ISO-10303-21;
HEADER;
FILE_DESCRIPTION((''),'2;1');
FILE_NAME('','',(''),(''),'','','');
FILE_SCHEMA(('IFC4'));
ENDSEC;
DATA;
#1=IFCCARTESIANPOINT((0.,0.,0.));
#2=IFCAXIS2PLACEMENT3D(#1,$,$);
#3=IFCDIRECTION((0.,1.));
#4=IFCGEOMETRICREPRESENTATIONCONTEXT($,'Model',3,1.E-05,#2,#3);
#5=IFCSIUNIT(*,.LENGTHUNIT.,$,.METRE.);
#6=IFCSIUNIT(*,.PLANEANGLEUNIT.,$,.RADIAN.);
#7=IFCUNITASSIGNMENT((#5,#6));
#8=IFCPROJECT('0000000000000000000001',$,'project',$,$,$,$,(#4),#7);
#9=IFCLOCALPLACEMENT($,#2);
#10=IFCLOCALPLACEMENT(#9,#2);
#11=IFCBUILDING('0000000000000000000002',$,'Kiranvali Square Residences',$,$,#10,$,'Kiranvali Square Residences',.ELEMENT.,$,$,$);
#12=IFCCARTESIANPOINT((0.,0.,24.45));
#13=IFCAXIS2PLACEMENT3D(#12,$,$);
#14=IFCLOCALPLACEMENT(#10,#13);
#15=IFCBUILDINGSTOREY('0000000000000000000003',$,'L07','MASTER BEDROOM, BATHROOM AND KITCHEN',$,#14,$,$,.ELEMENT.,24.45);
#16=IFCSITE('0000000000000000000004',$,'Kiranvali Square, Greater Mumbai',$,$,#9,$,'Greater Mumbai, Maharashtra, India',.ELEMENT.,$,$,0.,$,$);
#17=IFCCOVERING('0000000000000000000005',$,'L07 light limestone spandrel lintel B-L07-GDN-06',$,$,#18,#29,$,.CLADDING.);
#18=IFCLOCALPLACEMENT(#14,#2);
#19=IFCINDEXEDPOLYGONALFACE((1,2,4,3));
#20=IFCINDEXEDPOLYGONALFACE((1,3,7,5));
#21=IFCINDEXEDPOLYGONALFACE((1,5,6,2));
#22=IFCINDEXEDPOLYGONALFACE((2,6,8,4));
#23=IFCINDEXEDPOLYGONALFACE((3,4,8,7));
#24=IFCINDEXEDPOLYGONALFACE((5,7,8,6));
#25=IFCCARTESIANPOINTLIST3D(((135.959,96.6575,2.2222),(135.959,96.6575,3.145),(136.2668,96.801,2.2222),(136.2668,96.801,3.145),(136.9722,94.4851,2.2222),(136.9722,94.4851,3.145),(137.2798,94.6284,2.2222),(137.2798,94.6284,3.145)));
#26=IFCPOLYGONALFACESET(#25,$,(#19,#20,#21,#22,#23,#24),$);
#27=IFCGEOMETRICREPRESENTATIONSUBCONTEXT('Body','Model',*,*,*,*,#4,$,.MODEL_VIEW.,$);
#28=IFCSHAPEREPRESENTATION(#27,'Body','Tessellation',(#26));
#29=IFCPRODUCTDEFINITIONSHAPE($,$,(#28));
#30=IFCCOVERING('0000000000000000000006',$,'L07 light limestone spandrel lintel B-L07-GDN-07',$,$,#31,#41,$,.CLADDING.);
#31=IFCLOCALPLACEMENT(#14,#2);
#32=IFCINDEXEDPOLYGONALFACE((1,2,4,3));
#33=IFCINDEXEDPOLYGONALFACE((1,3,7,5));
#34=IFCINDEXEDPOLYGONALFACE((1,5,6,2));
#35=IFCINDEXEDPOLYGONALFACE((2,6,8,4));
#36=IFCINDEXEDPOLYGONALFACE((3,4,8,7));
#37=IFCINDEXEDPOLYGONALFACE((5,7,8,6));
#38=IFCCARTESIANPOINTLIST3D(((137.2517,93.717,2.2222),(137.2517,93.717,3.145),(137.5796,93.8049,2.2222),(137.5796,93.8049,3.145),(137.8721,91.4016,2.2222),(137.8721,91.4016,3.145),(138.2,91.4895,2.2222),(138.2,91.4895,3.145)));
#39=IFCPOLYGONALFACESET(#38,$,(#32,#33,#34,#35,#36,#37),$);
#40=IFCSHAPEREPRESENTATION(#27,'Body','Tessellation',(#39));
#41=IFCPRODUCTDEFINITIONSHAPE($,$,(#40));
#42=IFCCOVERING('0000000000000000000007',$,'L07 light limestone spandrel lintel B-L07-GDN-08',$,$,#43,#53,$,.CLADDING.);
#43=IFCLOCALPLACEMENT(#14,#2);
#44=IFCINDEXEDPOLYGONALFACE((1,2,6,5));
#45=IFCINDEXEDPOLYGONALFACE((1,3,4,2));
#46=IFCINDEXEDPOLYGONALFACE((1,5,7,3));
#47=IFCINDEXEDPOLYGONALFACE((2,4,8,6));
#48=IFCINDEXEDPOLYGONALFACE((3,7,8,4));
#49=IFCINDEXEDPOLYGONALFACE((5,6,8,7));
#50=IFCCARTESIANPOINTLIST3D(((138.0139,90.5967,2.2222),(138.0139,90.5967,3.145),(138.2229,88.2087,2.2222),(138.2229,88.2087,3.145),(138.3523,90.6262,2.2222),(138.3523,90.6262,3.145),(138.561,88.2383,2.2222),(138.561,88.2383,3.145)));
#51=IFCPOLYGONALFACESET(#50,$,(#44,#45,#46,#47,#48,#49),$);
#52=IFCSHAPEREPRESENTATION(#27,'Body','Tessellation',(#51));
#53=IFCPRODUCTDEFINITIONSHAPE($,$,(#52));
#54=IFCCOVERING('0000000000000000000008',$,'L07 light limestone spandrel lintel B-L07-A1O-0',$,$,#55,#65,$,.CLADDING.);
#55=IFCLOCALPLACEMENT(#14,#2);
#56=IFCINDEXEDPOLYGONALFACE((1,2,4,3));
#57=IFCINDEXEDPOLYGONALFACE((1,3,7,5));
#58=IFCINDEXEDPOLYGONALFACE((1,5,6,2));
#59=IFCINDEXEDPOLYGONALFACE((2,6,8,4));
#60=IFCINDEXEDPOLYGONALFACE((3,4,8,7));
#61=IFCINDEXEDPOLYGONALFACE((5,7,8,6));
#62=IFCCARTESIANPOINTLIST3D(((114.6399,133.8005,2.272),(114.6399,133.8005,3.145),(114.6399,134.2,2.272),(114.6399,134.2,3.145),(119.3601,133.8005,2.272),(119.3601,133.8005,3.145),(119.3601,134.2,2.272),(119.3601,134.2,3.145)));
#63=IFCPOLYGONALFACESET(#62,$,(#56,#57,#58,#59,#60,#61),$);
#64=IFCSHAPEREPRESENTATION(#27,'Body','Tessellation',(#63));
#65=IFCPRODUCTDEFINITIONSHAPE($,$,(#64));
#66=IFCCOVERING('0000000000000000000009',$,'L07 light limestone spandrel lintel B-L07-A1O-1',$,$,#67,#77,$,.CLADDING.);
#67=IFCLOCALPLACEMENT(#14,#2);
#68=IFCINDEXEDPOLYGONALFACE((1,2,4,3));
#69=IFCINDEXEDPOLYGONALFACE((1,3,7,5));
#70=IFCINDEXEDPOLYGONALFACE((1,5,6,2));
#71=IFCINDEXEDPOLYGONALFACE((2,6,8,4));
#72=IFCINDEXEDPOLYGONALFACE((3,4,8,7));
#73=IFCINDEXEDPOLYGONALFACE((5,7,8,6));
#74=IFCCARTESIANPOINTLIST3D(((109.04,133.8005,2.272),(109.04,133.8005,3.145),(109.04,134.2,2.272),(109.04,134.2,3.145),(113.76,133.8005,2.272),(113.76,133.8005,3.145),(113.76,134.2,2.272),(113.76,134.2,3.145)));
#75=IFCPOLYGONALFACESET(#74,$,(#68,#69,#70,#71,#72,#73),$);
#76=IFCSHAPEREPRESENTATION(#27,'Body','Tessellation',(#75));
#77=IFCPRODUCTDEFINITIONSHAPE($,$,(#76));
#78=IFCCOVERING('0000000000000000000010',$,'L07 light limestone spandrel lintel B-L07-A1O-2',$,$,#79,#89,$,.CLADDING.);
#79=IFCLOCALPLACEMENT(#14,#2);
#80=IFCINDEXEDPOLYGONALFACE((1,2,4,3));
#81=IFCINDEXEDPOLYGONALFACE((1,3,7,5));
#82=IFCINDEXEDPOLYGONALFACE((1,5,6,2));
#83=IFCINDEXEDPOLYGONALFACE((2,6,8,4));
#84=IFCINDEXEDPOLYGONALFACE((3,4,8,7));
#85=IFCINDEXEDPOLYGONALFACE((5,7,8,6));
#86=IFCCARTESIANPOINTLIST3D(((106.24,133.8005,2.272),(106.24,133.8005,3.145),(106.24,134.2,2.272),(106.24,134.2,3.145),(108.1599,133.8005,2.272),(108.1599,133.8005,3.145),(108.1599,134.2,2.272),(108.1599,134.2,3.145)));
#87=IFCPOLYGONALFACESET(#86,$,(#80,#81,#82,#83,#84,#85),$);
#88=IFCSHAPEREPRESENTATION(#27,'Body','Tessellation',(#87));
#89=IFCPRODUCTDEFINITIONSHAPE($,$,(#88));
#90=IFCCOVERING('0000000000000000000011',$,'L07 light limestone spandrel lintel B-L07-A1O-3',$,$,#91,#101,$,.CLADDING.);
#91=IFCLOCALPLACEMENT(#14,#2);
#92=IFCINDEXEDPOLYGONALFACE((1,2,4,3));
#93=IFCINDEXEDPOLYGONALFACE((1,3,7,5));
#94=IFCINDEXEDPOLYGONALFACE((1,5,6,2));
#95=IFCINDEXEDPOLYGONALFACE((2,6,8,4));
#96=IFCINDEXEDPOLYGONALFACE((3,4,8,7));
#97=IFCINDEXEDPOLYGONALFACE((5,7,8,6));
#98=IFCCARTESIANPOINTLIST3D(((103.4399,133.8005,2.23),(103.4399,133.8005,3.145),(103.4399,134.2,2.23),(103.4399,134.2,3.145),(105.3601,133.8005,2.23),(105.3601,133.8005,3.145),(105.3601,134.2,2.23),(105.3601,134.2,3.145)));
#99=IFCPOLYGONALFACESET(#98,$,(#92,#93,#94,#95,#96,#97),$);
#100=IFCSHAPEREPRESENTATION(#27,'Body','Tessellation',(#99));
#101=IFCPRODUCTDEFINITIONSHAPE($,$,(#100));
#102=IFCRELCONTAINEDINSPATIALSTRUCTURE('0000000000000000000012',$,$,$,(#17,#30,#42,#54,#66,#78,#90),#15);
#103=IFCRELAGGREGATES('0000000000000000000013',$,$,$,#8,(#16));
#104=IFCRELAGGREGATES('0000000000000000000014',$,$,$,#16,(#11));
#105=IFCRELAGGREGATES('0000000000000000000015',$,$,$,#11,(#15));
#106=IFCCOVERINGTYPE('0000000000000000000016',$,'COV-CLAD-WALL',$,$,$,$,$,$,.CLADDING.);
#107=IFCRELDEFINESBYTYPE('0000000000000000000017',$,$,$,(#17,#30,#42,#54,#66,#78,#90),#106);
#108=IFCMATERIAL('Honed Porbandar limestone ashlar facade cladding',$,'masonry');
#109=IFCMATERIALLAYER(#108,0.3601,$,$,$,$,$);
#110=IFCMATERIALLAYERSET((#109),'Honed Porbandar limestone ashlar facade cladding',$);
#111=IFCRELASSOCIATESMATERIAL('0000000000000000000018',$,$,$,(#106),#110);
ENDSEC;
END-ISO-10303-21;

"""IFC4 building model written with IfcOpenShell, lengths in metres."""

from ifc_helpers import new_model, si_unit, direction, frame, origin, place, context, subcontext, project, spatial, polyline, outline, extrude, material, layer, layer_set, type_object, element, save


model = new_model("IFC4")

# Units and contexts
model_context = context("Model", 3, precision=1e-05, world=origin(), true_north=direction((0.0, 1.0)))
body_context = subcontext(model_context, "Body", "Model", "MODEL_VIEW")
ifc_project = project(units=[si_unit("LENGTHUNIT", "METRE"), si_unit("PLANEANGLEUNIT", "RADIAN")], contexts=[model_context])

# Site, building, storey
site_placement = place(None, origin())
site = spatial("IfcSite", under=ifc_project, at=site_placement, Name="Kiranvali Square, Greater Mumbai", LongName="Greater Mumbai, Maharashtra, India", CompositionType="ELEMENT", RefElevation=0.0)
building_placement = place(site_placement, origin())
building = spatial("IfcBuilding", under=site, at=building_placement, Name="Kiranvali Square Residences", LongName="Kiranvali Square Residences", CompositionType="ELEMENT")
storey_placement = place(building_placement, frame((0.0, 0.0, 24.45)))
storey = spatial("IfcBuildingStorey", under=building, at=storey_placement, Name="L07", Description="MASTER BEDROOM, BATHROOM AND KITCHEN", CompositionType="ELEMENT", Elevation=24.45)

# Coverings
ifc_material = material(Name="Honed Porbandar limestone ashlar facade cladding", Category="masonry")
ifc_layer = layer(ifc_material, 0.3601)
ifc_layer_set = layer_set([ifc_layer], Name="Honed Porbandar limestone ashlar facade cladding")
covering_type = type_object("IfcCoveringType", Name="COV-CLAD-WALL", PredefinedType="CLADDING", material=ifc_layer_set)
covering_1_placement = place(storey_placement, frame((0.0, 0.0, 2.2222)))
element("IfcCovering", 1, at=covering_1_placement, inside=storey, type_object=covering_type, Name="L07 light limestone spandrel lintel B-L07-GDN-06", PredefinedType="CLADDING", context=body_context, shape_type="SweptSolid", body=[
    extrude(outline(polyline([(135.959, 96.6575), (136.9722, 94.4851), (137.2798, 94.6284), (136.2668, 96.801), (135.959, 96.6575)])), origin(), (0.0, 0.0, 1.0), 0.9229),
])
covering_2_placement = place(storey_placement, frame((0.0, 0.0, 2.2222)))
element("IfcCovering", 2, at=covering_2_placement, inside=storey, type_object=covering_type, Name="L07 light limestone spandrel lintel B-L07-GDN-07", PredefinedType="CLADDING", context=body_context, shape_type="SweptSolid", body=[
    extrude(outline(polyline([(137.2517, 93.717), (137.8721, 91.4016), (138.2, 91.4895), (137.5796, 93.8049), (137.2517, 93.717)])), origin(), (0.0, 0.0, 1.0), 0.9229),
])
covering_3_placement = place(storey_placement, frame((0.0, 0.0, 2.2222)))
element("IfcCovering", 3, at=covering_3_placement, inside=storey, type_object=covering_type, Name="L07 light limestone spandrel lintel B-L07-GDN-08", PredefinedType="CLADDING", context=body_context, shape_type="SweptSolid", body=[
    extrude(outline(polyline([(138.0139, 90.5967), (138.2229, 88.2087), (138.561, 88.2383), (138.3523, 90.6262), (138.0139, 90.5967)])), origin(), (0.0, 0.0, 1.0), 0.9229),
])
covering_4_placement = place(storey_placement, frame((0.0, 0.0, 2.272)))
element("IfcCovering", 4, at=covering_4_placement, inside=storey, type_object=covering_type, Name="L07 light limestone spandrel lintel B-L07-A1O-0", PredefinedType="CLADDING", context=body_context, shape_type="SweptSolid", body=[
    extrude(outline(polyline([(119.3601, 134.2), (114.6399, 134.2), (114.6399, 133.8005), (119.3601, 133.8005), (119.3601, 134.2)])), origin(), (0.0, 0.0, 1.0), 0.873),
])
covering_5_placement = place(storey_placement, frame((0.0, 0.0, 2.272)))
element("IfcCovering", 5, at=covering_5_placement, inside=storey, type_object=covering_type, Name="L07 light limestone spandrel lintel B-L07-A1O-1", PredefinedType="CLADDING", context=body_context, shape_type="SweptSolid", body=[
    extrude(outline(polyline([(113.76, 134.2), (109.04, 134.2), (109.04, 133.8005), (113.76, 133.8005), (113.76, 134.2)])), origin(), (0.0, 0.0, 1.0), 0.873),
])
covering_6_placement = place(storey_placement, frame((0.0, 0.0, 2.272)))
element("IfcCovering", 6, at=covering_6_placement, inside=storey, type_object=covering_type, Name="L07 light limestone spandrel lintel B-L07-A1O-2", PredefinedType="CLADDING", context=body_context, shape_type="SweptSolid", body=[
    extrude(outline(polyline([(108.1599, 134.2), (106.24, 134.2), (106.24, 133.8005), (108.1599, 133.8005), (108.1599, 134.2)])), origin(), (0.0, 0.0, 1.0), 0.873),
])
covering_7_placement = place(storey_placement, frame((0.0, 0.0, 2.23)))
element("IfcCovering", 7, at=covering_7_placement, inside=storey, type_object=covering_type, Name="L07 light limestone spandrel lintel B-L07-A1O-3", PredefinedType="CLADDING", context=body_context, shape_type="SweptSolid", body=[
    extrude(outline(polyline([(105.3601, 134.2), (103.4399, 134.2), (103.4399, 133.8005), (105.3601, 133.8005), (105.3601, 134.2)])), origin(), (0.0, 0.0, 1.0), 0.915),
])

save(model, "model.ifc")
